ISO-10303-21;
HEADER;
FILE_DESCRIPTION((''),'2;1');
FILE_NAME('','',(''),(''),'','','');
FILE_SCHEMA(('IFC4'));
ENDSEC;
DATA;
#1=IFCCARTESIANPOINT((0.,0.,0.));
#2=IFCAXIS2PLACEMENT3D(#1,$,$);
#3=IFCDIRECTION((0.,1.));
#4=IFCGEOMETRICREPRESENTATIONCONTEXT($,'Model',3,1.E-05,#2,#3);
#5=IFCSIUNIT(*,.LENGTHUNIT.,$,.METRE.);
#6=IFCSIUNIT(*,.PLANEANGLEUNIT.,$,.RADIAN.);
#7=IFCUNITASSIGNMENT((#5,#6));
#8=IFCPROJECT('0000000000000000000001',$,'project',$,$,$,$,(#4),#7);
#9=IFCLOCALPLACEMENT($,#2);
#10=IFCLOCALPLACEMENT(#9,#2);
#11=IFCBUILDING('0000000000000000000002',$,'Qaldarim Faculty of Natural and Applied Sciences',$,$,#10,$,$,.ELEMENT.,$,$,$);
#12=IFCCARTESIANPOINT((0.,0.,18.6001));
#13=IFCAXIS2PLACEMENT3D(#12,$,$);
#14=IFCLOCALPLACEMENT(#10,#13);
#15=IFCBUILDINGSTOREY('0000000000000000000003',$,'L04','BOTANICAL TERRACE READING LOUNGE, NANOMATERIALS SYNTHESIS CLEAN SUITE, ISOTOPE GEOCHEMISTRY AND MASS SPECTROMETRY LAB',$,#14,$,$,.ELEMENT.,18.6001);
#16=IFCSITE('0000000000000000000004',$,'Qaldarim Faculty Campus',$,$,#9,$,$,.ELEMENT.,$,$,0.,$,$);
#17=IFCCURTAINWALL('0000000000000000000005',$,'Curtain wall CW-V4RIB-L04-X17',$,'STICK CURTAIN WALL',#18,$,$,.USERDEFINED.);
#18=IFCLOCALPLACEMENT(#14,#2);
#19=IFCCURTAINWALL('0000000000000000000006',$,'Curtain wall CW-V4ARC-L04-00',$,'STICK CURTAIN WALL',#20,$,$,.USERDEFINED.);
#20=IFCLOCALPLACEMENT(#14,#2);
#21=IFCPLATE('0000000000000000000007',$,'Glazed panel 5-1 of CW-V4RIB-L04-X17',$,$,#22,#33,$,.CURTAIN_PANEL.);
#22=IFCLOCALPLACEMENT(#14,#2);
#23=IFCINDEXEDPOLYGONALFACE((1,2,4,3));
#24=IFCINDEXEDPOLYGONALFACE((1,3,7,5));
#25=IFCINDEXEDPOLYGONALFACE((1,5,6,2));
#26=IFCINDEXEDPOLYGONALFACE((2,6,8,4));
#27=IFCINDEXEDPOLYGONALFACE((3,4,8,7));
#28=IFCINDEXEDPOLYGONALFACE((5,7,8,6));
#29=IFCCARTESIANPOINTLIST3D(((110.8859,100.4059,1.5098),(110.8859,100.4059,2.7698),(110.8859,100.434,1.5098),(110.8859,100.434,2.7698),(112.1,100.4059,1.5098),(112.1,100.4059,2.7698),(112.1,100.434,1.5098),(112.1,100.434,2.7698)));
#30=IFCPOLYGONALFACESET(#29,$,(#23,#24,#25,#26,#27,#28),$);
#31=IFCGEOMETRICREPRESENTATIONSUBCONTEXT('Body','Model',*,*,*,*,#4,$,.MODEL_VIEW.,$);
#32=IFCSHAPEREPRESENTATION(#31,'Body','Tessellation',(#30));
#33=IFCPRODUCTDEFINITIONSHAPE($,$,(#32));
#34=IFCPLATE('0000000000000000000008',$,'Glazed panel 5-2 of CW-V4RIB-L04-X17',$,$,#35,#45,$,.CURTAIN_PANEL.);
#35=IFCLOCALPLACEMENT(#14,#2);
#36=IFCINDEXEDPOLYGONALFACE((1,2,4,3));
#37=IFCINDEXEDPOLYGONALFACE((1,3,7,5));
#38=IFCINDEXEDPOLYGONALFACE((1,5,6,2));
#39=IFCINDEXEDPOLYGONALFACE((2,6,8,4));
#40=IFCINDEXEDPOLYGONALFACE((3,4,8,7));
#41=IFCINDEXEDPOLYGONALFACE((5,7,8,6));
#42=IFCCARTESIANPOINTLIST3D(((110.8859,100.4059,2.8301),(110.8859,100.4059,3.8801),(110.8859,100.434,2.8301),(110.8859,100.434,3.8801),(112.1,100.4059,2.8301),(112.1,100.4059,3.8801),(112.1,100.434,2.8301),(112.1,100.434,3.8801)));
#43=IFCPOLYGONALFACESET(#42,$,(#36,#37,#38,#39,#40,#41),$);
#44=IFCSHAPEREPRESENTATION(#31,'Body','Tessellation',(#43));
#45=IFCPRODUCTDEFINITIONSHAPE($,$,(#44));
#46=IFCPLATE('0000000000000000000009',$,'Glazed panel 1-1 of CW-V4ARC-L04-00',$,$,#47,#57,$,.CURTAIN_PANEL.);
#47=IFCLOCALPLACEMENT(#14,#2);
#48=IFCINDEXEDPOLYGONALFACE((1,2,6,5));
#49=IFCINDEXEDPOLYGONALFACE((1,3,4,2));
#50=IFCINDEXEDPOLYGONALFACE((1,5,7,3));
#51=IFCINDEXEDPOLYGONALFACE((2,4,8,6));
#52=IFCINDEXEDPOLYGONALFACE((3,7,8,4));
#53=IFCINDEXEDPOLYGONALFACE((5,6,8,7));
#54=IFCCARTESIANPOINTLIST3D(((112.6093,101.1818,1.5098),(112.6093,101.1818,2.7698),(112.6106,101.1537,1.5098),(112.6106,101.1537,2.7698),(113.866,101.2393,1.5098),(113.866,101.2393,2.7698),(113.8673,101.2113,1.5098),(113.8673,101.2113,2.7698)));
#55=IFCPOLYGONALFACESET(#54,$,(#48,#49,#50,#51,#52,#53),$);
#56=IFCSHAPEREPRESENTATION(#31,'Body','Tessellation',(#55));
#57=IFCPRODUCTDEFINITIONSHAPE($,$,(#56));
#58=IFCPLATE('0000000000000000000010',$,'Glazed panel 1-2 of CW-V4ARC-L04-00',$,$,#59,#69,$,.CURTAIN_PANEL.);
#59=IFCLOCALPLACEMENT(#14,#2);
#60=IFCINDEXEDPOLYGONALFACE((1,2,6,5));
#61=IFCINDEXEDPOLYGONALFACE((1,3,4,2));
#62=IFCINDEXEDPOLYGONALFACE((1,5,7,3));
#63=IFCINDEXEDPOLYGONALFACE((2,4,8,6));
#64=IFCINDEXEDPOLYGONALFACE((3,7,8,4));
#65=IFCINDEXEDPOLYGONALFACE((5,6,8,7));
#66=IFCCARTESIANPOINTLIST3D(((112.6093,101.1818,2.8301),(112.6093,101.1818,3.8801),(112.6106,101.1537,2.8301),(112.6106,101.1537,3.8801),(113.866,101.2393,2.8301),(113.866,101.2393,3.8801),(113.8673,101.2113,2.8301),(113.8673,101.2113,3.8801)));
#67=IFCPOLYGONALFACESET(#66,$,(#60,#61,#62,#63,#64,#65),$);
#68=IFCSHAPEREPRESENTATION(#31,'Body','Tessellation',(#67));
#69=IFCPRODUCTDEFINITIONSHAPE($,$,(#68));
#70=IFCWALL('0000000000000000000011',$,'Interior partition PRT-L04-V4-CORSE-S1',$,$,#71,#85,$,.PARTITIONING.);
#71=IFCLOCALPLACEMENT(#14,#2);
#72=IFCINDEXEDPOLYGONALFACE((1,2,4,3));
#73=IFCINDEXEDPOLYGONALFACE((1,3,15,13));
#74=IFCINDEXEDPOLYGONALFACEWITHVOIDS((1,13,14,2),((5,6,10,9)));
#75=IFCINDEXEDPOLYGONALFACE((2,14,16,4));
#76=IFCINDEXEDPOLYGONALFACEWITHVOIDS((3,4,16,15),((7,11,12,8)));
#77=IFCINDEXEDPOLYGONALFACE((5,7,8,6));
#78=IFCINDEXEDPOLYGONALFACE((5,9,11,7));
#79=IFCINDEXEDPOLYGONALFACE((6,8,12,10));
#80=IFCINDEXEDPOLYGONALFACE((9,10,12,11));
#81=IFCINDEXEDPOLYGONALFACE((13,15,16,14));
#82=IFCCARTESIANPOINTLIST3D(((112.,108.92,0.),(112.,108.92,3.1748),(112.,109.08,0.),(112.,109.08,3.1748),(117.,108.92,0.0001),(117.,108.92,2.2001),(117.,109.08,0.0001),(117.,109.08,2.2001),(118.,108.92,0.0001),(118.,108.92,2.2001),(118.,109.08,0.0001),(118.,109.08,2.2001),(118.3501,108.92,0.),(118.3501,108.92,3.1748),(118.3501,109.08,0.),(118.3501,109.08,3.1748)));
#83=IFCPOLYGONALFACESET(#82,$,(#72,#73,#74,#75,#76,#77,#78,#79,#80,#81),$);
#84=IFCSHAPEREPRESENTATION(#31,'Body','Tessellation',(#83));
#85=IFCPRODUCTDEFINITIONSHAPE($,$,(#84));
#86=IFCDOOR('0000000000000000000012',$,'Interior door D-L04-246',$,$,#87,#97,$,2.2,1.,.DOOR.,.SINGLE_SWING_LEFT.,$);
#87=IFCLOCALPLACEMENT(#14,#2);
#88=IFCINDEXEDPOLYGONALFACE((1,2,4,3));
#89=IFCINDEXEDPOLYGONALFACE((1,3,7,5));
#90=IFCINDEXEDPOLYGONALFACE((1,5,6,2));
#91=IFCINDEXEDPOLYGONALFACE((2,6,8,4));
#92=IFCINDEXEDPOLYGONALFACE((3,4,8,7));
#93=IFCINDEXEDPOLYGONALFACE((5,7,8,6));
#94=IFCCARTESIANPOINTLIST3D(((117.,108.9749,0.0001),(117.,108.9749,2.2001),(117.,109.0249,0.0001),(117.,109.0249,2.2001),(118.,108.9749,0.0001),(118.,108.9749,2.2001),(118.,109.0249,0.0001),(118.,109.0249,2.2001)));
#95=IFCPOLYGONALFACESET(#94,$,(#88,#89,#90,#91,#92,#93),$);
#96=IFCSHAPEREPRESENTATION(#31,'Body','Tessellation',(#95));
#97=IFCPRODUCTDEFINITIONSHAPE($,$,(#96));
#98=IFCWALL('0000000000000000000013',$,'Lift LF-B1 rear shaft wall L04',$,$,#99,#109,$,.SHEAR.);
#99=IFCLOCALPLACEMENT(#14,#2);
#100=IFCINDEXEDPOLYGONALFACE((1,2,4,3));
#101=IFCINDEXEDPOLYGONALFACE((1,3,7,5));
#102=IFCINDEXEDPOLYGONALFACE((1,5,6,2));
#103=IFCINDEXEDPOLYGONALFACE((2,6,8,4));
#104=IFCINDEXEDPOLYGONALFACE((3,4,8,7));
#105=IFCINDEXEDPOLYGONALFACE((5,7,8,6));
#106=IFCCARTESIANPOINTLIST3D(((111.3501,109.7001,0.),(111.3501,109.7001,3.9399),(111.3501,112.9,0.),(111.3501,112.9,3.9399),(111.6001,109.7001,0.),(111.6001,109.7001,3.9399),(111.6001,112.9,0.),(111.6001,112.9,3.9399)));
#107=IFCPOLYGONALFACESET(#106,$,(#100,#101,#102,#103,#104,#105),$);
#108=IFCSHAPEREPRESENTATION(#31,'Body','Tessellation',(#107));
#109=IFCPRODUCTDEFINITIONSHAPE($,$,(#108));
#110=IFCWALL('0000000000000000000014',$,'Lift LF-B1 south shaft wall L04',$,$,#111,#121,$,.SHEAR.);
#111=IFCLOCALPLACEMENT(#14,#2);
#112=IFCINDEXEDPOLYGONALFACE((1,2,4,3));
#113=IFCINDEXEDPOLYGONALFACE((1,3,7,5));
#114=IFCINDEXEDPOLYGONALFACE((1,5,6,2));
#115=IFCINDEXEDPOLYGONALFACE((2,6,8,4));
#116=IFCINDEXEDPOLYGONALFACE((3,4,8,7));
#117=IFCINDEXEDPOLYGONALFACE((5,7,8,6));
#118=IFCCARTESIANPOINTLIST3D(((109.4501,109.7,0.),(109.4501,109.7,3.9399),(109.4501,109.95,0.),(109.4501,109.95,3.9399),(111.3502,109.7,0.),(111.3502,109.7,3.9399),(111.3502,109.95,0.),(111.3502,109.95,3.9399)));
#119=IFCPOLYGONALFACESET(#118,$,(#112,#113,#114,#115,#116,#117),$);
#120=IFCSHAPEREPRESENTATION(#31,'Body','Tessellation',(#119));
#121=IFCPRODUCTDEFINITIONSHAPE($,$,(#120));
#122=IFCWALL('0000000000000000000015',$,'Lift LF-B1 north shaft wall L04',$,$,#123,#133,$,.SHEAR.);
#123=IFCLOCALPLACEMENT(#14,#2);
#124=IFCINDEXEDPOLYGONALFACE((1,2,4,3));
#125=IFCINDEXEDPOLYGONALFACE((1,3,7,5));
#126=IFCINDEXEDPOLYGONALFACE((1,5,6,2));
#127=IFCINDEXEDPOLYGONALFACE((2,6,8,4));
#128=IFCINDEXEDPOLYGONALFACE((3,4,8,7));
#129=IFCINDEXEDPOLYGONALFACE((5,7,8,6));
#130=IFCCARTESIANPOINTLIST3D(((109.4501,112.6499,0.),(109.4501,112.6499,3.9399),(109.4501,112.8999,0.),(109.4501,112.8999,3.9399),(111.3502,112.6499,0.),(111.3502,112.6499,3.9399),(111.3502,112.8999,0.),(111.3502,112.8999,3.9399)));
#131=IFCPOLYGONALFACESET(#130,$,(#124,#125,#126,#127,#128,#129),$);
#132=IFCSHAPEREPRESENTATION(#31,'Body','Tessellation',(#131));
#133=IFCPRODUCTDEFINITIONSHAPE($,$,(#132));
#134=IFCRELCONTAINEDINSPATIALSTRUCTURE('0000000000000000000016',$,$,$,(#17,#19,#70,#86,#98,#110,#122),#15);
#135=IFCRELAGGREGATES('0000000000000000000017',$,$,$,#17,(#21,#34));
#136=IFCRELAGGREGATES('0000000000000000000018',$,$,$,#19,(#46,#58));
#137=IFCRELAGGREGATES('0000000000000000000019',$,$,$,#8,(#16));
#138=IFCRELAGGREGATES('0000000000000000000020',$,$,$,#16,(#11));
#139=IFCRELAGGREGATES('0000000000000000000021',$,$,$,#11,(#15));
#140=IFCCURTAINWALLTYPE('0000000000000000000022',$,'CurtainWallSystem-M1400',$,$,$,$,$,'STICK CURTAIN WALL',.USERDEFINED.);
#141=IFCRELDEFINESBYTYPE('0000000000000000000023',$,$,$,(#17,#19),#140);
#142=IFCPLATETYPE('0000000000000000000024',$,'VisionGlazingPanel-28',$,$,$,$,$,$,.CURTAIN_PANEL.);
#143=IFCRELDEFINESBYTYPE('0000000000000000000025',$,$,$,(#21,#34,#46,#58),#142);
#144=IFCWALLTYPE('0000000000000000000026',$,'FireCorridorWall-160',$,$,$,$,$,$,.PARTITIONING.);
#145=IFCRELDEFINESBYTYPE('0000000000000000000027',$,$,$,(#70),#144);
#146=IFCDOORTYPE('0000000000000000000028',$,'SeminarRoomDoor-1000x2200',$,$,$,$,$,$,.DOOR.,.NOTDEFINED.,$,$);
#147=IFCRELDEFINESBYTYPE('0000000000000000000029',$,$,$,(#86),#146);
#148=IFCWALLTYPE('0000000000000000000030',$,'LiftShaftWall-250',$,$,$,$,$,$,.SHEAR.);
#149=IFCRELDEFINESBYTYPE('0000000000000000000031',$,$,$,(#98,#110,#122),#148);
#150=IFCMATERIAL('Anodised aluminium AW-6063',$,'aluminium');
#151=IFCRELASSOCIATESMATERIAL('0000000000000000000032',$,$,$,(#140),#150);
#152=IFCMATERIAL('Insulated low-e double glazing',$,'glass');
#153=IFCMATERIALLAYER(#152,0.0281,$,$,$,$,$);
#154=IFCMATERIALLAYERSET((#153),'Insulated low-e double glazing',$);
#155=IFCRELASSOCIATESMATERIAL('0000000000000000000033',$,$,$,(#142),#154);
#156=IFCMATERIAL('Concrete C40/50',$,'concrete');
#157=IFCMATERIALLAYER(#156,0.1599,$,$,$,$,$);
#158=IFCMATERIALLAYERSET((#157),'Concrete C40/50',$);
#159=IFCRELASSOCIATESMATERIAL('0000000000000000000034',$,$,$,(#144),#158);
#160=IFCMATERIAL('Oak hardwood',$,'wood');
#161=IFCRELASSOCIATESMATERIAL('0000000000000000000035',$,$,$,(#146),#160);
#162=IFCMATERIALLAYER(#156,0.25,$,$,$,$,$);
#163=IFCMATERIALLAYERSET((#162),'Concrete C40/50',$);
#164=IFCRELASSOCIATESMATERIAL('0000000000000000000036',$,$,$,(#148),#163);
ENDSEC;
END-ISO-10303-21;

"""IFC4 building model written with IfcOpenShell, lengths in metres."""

from ifc_helpers import new_model, si_unit, direction, frame, frame_2d, origin, origin_2d, place, context, subcontext, project, spatial, rectangle, extrude, material, layer, layer_set, type_object, element, fill, aggregate, save


model = new_model("IFC4")

# Units and contexts
model_context = context("Model", 3, precision=1e-05, world=origin(), true_north=direction((0.0, 1.0)))
body_context = subcontext(model_context, "Body", "Model", "MODEL_VIEW")
ifc_project = project(units=[si_unit("LENGTHUNIT", "METRE"), si_unit("PLANEANGLEUNIT", "RADIAN")], contexts=[model_context])

# Site, building, storey
site_placement = place(None, origin())
site = spatial("IfcSite", under=ifc_project, at=site_placement, Name="Qaldarim Faculty Campus", CompositionType="ELEMENT", RefElevation=0.0)
building_placement = place(site_placement, origin())
building = spatial("IfcBuilding", under=site, at=building_placement, Name="Qaldarim Faculty of Natural and Applied Sciences", CompositionType="ELEMENT")
storey_placement = place(building_placement, frame((0.0, 0.0, 18.6001)))
storey = spatial("IfcBuildingStorey", under=building, at=storey_placement, Name="L04", Description="BOTANICAL TERRACE READING LOUNGE, NANOMATERIALS SYNTHESIS CLEAN SUITE, ISOTOPE GEOCHEMISTRY AND MASS SPECTROMETRY LAB", CompositionType="ELEMENT", Elevation=18.6001)

# Shared definitions
ifc_material_1 = material(Name="Concrete C40/50", Category="concrete")

# Curtain walls
ifc_material_2 = material(Name="Anodised aluminium AW-6063", Category="aluminium")
curtain_wall_type = type_object("IfcCurtainWallType", Name="CurtainWallSystem-M1400", ElementType="STICK CURTAIN WALL", PredefinedType="USERDEFINED", material=ifc_material_2)
curtain_wall_1_placement = place(storey_placement, origin())
curtain_wall_1 = element("IfcCurtainWall", 1, at=curtain_wall_1_placement, inside=storey, type_object=curtain_wall_type, Name="Curtain wall CW-V4RIB-L04-X17", ObjectType="STICK CURTAIN WALL", PredefinedType="USERDEFINED")
curtain_wall_2_placement = place(storey_placement, origin())
curtain_wall_2 = element("IfcCurtainWall", 2, at=curtain_wall_2_placement, inside=storey, type_object=curtain_wall_type, Name="Curtain wall CW-V4ARC-L04-00", ObjectType="STICK CURTAIN WALL", PredefinedType="USERDEFINED")

# Plates
ifc_material_3 = material(Name="Insulated low-e double glazing", Category="glass")
ifc_layer_1 = layer(ifc_material_3, 0.0281)
ifc_layer_set_1 = layer_set([ifc_layer_1], Name="Insulated low-e double glazing")
plate_type = type_object("IfcPlateType", Name="VisionGlazingPanel-28", PredefinedType="CURTAIN_PANEL", material=ifc_layer_set_1)
plate_1_placement = place(storey_placement, frame((111.4929, 100.4199, 1.5098), z_axis=(0.0, 0.0, 1.0), x_axis=(1.0, 0.0, 0.0)))
plate_1 = element("IfcPlate", 3, at=plate_1_placement, type_object=plate_type, Name="Glazed panel 5-1 of CW-V4RIB-L04-X17", PredefinedType="CURTAIN_PANEL", context=body_context, shape_type="SweptSolid", body=[
    extrude(rectangle(XDim=1.2141, YDim=0.0281, at=origin_2d()), origin(), (0.0, 0.0, 1.0), 1.26),
])
plate_2_placement = place(storey_placement, frame((111.4929, 100.4199, 2.8301), z_axis=(0.0, 0.0, 1.0), x_axis=(1.0, 0.0, 0.0)))
plate_2 = element("IfcPlate", 4, at=plate_2_placement, type_object=plate_type, Name="Glazed panel 5-2 of CW-V4RIB-L04-X17", PredefinedType="CURTAIN_PANEL", context=body_context, shape_type="SweptSolid", body=[
    extrude(rectangle(XDim=1.2141, YDim=0.0281, at=origin_2d()), origin(), (0.0, 0.0, 1.0), 1.05),
])
aggregate(curtain_wall_1, [plate_1, plate_2])
plate_3_placement = place(storey_placement, frame((113.2383, 101.1965, 1.5098), z_axis=(0.0, 0.0, 1.0), x_axis=(0.998953, 0.045747, 0.0)))
plate_3 = element("IfcPlate", 5, at=plate_3_placement, type_object=plate_type, Name="Glazed panel 1-1 of CW-V4ARC-L04-00", PredefinedType="CURTAIN_PANEL", context=body_context, shape_type="SweptSolid", body=[
    extrude(rectangle(XDim=1.2581, YDim=0.0281, at=origin_2d()), origin(), (0.0, 0.0, 1.0), 1.26),
])
plate_4_placement = place(storey_placement, frame((113.2383, 101.1965, 2.8301), z_axis=(0.0, 0.0, 1.0), x_axis=(0.998953, 0.045747, 0.0)))
plate_4 = element("IfcPlate", 6, at=plate_4_placement, type_object=plate_type, Name="Glazed panel 1-2 of CW-V4ARC-L04-00", PredefinedType="CURTAIN_PANEL", context=body_context, shape_type="SweptSolid", body=[
    extrude(rectangle(XDim=1.2581, YDim=0.0281, at=origin_2d()), origin(), (0.0, 0.0, 1.0), 1.05),
])
aggregate(curtain_wall_2, [plate_3, plate_4])

# Wall, opening, door
ifc_layer_2 = layer(ifc_material_1, 0.1599)
ifc_layer_set_2 = layer_set([ifc_layer_2], Name="Concrete C40/50")
wall_type_1 = type_object("IfcWallType", Name="FireCorridorWall-160", PredefinedType="PARTITIONING", material=ifc_layer_set_2)
wall_1_placement = place(storey_placement, frame((112.0, 109.0, 0.0), z_axis=(0.0, 0.0, 1.0), x_axis=(1.0, 0.0, 0.0)))
wall_1 = element("IfcWall", 7, at=wall_1_placement, inside=storey, type_object=wall_type_1, Name="Interior partition PRT-L04-V4-CORSE-S1", PredefinedType="PARTITIONING", context=body_context, shape_type="SweptSolid", body=[
    extrude(rectangle(XDim=6.3501, YDim=0.1599, at=frame_2d((3.175, 0.0))), origin(), (0.0, 0.0, 1.0), 3.1748),
])
opening_1_placement = place(wall_1_placement, frame((5.0, 0.0, 0.0)))
opening_1 = element("IfcOpeningElement", 8, at=opening_1_placement, cuts=wall_1, PredefinedType="OPENING", context=body_context, shape_type="SweptSolid", body=[
    extrude(rectangle(XDim=1.0, YDim=2.2, at=frame_2d((0.5, 1.1001))), frame((0.0, 0.0898, 0.0), z_axis=(0.0, -1.0, 0.0), x_axis=(1.0, 0.0, 0.0)), (0.0, 0.0, 1.0), 0.1799),
])
ifc_material_4 = material(Name="Oak hardwood", Category="wood")
door_type_1 = type_object("IfcDoorType", Name="SeminarRoomDoor-1000x2200", OperationType="NOTDEFINED", PredefinedType="DOOR", material=ifc_material_4)
door_1_placement = place(opening_1_placement, origin())
door_1 = element("IfcDoor", 9, at=door_1_placement, inside=storey, type_object=door_type_1, Name="Interior door D-L04-246", OperationType="SINGLE_SWING_LEFT", OverallHeight=2.2, OverallWidth=1.0, PredefinedType="DOOR", context=body_context, shape_type="SweptSolid", body=[
    extrude(rectangle(XDim=1.0, YDim=2.2, at=frame_2d((0.5, 1.1001))), frame((0.0, 0.0249, 0.0), z_axis=(0.0, -1.0, 0.0), x_axis=(1.0, 0.0, 0.0)), (0.0, 0.0, 1.0), 0.05),
])
fill(opening_1, door_1)
ifc_layer_3 = layer(ifc_material_1, 0.25)
ifc_layer_set_3 = layer_set([ifc_layer_3], Name="Concrete C40/50")
wall_type_2 = type_object("IfcWallType", Name="LiftShaftWall-250", PredefinedType="SHEAR", material=ifc_layer_set_3)

# Walls
wall_2_placement = place(storey_placement, frame((111.4751, 109.7, 0.0), z_axis=(0.0, 0.0, 1.0), x_axis=(0.0, 1.0, 0.0)))
element("IfcWall", 10, at=wall_2_placement, inside=storey, type_object=wall_type_2, Name="Lift LF-B1 rear shaft wall L04", PredefinedType="SHEAR", context=body_context, shape_type="SweptSolid", body=[
    extrude(rectangle(XDim=3.2, YDim=0.25, at=frame_2d((1.6001, 0.0))), origin(), (0.0, 0.0, 1.0), 3.9399),
])
for number, where, z_axis, x_axis, name in (
    (11, (109.45, 109.825, 0.0), (0.0, 0.0, 1.0), (1.0, 0.0, 0.0), "Lift LF-B1 south shaft wall L04"),
    (12, (109.45, 112.7749, 0.0), (0.0, 0.0, 1.0), (1.0, 0.0, 0.0), "Lift LF-B1 north shaft wall L04"),
):
    element("IfcWall", number, at=place(storey_placement, frame(where, z_axis=z_axis, x_axis=x_axis)), inside=storey, type_object=wall_type_2, Name=name, PredefinedType="SHEAR", context=body_context, shape_type="SweptSolid", body=[
        extrude(rectangle(XDim=1.9001, YDim=0.25, at=frame_2d((0.9502, 0.0))), origin(), (0.0, 0.0, 1.0), 3.9399),
    ])

save(model, "model.ifc")
